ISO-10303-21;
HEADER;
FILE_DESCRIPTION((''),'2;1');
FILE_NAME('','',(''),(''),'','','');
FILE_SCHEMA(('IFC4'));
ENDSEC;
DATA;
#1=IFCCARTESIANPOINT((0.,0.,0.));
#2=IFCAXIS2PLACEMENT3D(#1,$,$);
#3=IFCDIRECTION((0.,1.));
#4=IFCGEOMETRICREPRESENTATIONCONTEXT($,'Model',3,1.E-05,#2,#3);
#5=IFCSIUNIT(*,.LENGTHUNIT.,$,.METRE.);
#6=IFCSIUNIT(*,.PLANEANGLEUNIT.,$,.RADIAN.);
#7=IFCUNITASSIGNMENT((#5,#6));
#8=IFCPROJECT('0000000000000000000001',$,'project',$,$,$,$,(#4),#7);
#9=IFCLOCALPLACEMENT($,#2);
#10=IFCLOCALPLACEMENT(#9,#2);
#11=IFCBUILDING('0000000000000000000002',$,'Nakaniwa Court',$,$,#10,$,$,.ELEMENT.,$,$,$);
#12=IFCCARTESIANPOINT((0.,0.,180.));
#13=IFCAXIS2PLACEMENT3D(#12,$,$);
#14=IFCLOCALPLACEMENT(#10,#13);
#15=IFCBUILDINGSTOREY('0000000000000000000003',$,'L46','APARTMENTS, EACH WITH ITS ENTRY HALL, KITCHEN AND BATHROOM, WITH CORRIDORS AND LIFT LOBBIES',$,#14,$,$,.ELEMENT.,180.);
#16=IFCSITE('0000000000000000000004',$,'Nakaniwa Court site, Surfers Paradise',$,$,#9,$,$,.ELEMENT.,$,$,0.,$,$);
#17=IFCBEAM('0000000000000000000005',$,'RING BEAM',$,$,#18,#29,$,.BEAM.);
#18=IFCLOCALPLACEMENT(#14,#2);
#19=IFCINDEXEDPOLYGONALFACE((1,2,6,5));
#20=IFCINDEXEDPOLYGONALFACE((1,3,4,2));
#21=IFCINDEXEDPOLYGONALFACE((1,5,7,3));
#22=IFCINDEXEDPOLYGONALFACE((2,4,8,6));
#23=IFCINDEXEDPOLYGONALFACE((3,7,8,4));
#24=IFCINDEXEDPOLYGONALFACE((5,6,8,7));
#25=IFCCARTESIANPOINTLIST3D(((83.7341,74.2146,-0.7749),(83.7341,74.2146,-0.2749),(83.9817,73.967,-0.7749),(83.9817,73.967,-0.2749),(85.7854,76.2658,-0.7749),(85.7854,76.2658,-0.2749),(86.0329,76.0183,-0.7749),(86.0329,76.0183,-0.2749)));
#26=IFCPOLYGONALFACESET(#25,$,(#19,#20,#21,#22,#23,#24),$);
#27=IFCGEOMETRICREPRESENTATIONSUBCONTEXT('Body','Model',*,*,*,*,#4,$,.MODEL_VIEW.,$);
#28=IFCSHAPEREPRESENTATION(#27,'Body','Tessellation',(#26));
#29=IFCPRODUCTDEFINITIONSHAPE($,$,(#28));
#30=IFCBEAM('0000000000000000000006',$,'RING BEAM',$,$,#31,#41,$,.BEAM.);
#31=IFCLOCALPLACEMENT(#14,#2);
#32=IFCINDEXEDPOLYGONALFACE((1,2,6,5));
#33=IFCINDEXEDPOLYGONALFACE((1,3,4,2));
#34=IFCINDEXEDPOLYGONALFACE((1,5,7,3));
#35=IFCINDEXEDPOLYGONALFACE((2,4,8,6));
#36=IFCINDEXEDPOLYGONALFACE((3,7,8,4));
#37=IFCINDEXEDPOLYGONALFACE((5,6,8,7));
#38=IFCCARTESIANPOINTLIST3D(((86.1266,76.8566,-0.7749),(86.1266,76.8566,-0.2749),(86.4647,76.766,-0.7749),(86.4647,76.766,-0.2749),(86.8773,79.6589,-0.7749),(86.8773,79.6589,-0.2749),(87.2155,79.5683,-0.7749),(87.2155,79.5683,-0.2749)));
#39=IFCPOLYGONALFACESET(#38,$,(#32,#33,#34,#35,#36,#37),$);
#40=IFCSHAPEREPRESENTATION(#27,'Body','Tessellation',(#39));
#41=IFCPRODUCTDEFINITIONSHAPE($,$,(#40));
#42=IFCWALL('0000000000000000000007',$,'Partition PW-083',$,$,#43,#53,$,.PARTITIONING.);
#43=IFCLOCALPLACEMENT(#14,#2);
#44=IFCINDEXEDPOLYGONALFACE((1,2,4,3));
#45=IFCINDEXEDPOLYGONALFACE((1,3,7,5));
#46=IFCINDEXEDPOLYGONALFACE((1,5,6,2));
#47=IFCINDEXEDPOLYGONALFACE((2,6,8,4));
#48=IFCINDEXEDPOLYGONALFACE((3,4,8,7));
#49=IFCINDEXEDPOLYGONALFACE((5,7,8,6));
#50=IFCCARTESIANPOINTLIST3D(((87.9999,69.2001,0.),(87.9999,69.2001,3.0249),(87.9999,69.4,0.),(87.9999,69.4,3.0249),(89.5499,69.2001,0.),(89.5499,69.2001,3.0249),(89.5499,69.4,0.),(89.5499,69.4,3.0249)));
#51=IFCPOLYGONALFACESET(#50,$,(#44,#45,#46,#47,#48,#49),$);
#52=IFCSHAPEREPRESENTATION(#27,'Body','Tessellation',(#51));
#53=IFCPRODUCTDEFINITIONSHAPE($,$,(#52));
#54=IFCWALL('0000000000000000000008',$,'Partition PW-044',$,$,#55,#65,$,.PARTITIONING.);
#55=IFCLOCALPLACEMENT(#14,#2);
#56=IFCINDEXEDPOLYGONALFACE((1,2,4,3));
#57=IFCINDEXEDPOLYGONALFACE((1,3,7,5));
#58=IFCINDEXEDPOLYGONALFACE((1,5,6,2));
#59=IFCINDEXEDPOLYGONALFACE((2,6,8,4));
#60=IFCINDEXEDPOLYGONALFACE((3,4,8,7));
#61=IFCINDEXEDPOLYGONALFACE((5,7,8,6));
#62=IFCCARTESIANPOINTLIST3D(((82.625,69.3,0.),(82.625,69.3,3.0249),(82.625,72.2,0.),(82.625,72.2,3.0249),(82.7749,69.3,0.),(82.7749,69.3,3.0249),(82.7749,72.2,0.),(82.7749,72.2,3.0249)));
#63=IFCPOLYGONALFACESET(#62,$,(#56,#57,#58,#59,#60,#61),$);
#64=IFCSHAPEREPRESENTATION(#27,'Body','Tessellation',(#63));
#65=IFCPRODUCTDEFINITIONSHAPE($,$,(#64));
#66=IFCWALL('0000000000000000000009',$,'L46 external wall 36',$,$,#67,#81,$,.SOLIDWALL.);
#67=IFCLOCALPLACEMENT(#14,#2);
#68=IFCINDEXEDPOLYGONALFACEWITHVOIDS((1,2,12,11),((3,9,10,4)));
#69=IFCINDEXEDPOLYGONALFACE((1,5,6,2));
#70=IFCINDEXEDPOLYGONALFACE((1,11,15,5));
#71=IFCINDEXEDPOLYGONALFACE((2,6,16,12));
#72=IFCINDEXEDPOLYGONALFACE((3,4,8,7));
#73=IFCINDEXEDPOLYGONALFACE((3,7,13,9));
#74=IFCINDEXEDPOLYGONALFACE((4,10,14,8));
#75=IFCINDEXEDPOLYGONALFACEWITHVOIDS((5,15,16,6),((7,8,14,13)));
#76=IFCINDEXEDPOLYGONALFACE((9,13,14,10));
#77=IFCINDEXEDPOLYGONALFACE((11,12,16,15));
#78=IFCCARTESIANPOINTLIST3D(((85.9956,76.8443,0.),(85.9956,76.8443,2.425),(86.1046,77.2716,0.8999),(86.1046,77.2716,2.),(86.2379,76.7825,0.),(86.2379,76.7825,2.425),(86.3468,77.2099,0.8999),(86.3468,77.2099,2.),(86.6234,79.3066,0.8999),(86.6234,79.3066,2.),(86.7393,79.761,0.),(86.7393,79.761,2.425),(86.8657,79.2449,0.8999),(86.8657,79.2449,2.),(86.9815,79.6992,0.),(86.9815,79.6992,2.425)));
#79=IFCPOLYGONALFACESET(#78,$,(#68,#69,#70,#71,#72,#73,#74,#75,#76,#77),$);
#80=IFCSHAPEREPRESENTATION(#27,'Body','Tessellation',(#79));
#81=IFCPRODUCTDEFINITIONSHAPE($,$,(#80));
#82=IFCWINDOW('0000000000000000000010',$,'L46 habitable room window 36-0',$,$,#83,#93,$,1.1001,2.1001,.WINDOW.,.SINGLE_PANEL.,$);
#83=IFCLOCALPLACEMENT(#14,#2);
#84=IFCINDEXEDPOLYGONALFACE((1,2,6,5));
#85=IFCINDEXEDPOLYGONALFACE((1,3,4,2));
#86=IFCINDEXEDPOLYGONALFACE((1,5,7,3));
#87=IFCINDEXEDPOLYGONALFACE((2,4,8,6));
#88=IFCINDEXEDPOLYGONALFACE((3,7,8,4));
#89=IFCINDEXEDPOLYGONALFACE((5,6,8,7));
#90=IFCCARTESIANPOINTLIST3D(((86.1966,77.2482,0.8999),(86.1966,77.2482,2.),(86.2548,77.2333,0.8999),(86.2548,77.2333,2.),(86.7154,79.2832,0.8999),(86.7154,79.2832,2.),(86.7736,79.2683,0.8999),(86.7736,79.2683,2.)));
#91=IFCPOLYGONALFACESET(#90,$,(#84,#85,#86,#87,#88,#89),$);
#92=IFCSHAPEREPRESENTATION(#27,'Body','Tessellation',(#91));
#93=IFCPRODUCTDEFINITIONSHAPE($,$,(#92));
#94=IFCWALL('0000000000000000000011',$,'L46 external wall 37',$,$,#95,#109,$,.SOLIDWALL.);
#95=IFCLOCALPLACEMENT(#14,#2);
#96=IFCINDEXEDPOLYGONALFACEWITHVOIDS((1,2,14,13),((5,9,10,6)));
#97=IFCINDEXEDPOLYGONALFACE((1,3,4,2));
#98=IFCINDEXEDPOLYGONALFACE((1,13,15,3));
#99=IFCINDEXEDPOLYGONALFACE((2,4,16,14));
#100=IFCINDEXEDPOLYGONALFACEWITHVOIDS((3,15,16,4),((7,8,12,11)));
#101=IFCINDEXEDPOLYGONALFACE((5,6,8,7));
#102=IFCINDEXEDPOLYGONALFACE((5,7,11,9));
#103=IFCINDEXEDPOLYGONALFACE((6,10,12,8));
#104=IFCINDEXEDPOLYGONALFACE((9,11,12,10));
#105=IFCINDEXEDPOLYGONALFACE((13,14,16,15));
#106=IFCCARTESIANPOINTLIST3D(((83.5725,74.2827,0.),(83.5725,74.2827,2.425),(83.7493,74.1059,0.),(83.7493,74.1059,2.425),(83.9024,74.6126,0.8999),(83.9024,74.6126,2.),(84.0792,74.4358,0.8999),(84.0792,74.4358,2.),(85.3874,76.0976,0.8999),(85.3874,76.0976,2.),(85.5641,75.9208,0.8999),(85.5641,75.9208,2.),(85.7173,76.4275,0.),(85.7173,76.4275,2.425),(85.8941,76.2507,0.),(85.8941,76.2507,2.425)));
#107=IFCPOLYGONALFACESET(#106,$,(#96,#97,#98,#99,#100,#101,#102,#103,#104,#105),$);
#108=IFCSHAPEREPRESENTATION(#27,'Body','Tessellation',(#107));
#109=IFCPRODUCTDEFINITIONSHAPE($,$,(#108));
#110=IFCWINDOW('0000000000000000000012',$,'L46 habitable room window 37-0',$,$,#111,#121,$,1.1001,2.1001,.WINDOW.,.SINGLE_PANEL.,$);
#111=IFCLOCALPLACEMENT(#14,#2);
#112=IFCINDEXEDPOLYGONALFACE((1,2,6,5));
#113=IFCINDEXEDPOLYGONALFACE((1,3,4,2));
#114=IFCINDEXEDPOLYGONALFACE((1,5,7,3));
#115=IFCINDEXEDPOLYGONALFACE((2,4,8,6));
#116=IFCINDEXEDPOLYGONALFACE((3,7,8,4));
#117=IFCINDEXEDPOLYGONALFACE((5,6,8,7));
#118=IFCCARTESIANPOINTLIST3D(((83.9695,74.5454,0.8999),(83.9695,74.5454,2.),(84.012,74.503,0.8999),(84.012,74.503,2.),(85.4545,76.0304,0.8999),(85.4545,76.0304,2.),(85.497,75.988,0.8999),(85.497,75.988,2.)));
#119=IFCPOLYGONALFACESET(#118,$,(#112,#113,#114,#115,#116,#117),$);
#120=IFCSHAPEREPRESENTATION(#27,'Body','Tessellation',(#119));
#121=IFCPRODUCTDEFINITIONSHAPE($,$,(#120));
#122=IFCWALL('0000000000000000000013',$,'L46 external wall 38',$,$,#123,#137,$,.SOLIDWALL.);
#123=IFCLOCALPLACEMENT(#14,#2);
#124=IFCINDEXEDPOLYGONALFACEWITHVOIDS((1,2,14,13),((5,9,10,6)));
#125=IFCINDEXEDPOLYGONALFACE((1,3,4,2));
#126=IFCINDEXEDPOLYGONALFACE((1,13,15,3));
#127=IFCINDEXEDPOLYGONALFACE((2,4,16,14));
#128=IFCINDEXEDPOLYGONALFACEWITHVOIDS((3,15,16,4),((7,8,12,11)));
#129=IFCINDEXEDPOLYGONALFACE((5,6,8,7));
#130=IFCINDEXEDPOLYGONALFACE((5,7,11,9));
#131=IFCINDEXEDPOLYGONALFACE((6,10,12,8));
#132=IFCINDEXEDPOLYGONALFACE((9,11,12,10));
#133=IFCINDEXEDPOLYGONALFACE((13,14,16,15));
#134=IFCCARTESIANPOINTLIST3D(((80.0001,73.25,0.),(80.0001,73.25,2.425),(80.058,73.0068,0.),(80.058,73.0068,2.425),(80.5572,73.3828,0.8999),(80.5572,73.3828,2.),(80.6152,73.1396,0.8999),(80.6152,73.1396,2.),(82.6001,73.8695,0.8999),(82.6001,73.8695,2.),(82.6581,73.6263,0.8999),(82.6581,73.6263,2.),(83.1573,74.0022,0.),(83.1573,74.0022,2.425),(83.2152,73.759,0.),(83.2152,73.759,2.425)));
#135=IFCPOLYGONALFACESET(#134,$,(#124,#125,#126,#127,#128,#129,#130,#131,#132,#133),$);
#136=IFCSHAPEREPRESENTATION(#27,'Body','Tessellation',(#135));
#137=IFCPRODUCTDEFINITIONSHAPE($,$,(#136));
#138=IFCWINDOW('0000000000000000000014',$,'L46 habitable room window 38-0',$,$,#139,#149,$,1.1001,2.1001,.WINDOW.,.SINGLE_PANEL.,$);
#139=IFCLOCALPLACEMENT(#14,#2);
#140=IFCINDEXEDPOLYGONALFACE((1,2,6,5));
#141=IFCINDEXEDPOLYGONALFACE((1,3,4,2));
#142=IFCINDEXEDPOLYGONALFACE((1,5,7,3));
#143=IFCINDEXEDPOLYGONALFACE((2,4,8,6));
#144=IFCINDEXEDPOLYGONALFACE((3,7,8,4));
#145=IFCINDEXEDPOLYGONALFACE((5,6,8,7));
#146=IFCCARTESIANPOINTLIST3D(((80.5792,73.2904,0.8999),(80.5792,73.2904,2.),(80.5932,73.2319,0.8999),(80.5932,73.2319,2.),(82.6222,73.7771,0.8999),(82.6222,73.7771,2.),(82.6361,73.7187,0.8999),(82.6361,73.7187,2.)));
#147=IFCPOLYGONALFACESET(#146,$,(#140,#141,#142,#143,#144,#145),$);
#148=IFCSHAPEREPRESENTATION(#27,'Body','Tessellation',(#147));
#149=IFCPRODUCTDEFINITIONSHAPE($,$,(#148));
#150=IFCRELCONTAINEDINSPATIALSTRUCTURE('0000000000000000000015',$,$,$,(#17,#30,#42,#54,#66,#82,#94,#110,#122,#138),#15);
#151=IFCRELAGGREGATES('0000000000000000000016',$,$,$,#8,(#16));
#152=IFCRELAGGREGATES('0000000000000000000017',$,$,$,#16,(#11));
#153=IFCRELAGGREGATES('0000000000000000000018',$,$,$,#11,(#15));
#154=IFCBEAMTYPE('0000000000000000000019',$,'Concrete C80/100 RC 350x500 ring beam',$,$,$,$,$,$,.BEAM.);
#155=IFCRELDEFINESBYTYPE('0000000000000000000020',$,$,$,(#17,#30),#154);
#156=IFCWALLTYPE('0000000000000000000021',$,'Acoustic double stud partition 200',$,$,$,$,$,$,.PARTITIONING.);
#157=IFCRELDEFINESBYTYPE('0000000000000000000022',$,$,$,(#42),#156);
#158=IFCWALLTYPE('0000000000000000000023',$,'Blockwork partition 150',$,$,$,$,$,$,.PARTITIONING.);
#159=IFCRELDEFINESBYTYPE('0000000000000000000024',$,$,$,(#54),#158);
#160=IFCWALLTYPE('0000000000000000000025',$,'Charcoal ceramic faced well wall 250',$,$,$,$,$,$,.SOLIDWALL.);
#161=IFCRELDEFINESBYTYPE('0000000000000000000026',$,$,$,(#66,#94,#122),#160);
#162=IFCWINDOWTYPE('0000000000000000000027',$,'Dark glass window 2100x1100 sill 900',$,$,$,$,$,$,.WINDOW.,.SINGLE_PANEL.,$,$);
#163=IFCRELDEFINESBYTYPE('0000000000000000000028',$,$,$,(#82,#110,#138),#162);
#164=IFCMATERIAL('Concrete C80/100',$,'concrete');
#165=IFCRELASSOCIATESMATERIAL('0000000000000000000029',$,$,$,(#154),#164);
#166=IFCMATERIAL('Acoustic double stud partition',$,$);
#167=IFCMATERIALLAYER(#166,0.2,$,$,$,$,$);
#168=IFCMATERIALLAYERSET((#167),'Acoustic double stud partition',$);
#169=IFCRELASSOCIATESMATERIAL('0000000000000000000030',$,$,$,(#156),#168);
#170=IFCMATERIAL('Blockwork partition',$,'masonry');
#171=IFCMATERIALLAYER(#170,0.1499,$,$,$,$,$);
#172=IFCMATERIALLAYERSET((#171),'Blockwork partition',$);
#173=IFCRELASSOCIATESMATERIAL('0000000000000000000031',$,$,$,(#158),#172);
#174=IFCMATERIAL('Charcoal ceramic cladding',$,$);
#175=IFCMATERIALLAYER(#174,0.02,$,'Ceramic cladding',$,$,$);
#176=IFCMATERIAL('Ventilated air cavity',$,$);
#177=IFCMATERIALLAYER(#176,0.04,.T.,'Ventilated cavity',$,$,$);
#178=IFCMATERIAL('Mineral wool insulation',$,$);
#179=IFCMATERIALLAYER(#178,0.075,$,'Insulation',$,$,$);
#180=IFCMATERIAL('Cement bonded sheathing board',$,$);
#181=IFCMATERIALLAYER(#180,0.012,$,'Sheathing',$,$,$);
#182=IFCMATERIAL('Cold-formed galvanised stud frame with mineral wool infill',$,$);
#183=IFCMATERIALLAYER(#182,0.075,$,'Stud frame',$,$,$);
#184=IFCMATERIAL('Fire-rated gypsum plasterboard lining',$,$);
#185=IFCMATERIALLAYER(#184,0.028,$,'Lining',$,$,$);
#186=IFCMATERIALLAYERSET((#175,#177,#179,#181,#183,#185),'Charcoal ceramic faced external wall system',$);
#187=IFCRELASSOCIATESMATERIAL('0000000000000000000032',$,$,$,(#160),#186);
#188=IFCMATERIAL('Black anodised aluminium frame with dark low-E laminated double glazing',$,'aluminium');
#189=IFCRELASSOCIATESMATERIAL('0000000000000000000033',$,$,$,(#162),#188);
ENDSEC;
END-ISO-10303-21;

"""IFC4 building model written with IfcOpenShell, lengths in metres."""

from ifc_helpers import new_model, si_unit, direction, frame, frame_2d, origin, origin_2d, place, context, subcontext, project, spatial, rectangle, extrude, material, layer, layer_set, material_profile, profile_set, type_object, element, fill, save


model = new_model("IFC4")

# Units and contexts
model_context = context("Model", 3, precision=1e-05, world=origin(), true_north=direction((0.0, 1.0)))
body_context = subcontext(model_context, "Body", "Model", "MODEL_VIEW")
ifc_project = project(units=[si_unit("LENGTHUNIT", "METRE"), si_unit("PLANEANGLEUNIT", "RADIAN")], contexts=[model_context])

# Site, building, storey
site_placement = place(None, origin())
site = spatial("IfcSite", under=ifc_project, at=site_placement, Name="Nakaniwa Court site, Surfers Paradise", CompositionType="ELEMENT", RefElevation=0.0)
building_placement = place(site_placement, origin())
building = spatial("IfcBuilding", under=site, at=building_placement, Name="Nakaniwa Court", CompositionType="ELEMENT")
storey_placement = place(building_placement, frame((0.0, 0.0, 180.0)))
storey = spatial("IfcBuildingStorey", under=building, at=storey_placement, Name="L46", Description="APARTMENTS, EACH WITH ITS ENTRY HALL, KITCHEN AND BATHROOM, WITH CORRIDORS AND LIFT LOBBIES", CompositionType="ELEMENT", Elevation=180.0)

# Shared definitions
ifc_material_1 = material(Name="Concrete C80/100", Category="concrete")

# Beams
ifc_material_profile_1 = material_profile(ifc_material_1, rectangle(XDim=0.3501, YDim=0.5, at=origin_2d()), Name="Concrete C80/100 RC 350x500 ring beam")
ifc_profile_set_1 = profile_set([ifc_material_profile_1], Name="Concrete C80/100")
beam_type = type_object("IfcBeamType", Name="Concrete C80/100 RC 350x500 ring beam", PredefinedType="BEAM", material=ifc_profile_set_1)
beam_1_placement = place(storey_placement, frame((83.8579, 74.0908, -0.5249), z_axis=(0.707107, 0.707107, 0.0), x_axis=(-0.707107, 0.707107, 0.0)))
element("IfcBeam", 1, at=beam_1_placement, inside=storey, type_object=beam_type, Name="RING BEAM", PredefinedType="BEAM", context=body_context, shape_type="SweptSolid", body=[
    extrude(rectangle(XDim=0.3501, YDim=0.5, at=origin_2d()), origin(), (0.0, 0.0, 1.0), 2.9009),
])
beam_2_placement = place(storey_placement, frame((86.2957, 76.8113, -0.5249), z_axis=(0.258778, 0.965937, 0.0), x_axis=(-0.965937, 0.258778, 0.0)))
element("IfcBeam", 2, at=beam_2_placement, inside=storey, type_object=beam_type, Name="RING BEAM", PredefinedType="BEAM", context=body_context, shape_type="SweptSolid", body=[
    extrude(rectangle(XDim=0.3501, YDim=0.5, at=origin_2d()), origin(), (0.0, 0.0, 1.0), 2.9011),
])

# Walls
ifc_material_2 = material(Name="Acoustic double stud partition")
ifc_layer_1 = layer(ifc_material_2, 0.2)
ifc_layer_set_1 = layer_set([ifc_layer_1], Name="Acoustic double stud partition")
wall_type_1 = type_object("IfcWallType", Name="Acoustic double stud partition 200", PredefinedType="PARTITIONING", material=ifc_layer_set_1)
wall_1_placement = place(storey_placement, frame((88.0, 69.3, 0.0), z_axis=(0.0, 0.0, 1.0), x_axis=(1.0, 0.0, 0.0)))
element("IfcWall", 3, at=wall_1_placement, inside=storey, type_object=wall_type_1, Name="Partition PW-083", PredefinedType="PARTITIONING", context=body_context, shape_type="SweptSolid", body=[
    extrude(rectangle(XDim=1.55, YDim=0.2, at=frame_2d((0.7749, 0.0))), origin(), (0.0, 0.0, 1.0), 3.0249),
])
ifc_material_3 = material(Name="Blockwork partition", Category="masonry")
ifc_layer_2 = layer(ifc_material_3, 0.1499)
ifc_layer_set_2 = layer_set([ifc_layer_2], Name="Blockwork partition")
wall_type_2 = type_object("IfcWallType", Name="Blockwork partition 150", PredefinedType="PARTITIONING", material=ifc_layer_set_2)
wall_2_placement = place(storey_placement, frame((82.7, 69.3, 0.0), z_axis=(0.0, 0.0, 1.0), x_axis=(0.0, 1.0, 0.0)))
element("IfcWall", 4, at=wall_2_placement, inside=storey, type_object=wall_type_2, Name="Partition PW-044", PredefinedType="PARTITIONING", context=body_context, shape_type="SweptSolid", body=[
    extrude(rectangle(XDim=2.8999, YDim=0.1499, at=frame_2d((1.45, 0.0))), origin(), (0.0, 0.0, 1.0), 3.0249),
])

# Walls, openings, windows
ifc_material_4 = material(Name="Charcoal ceramic cladding")
ifc_layer_3 = layer(ifc_material_4, 0.02, Name="Ceramic cladding")
ifc_material_5 = material(Name="Ventilated air cavity")
ifc_layer_4 = layer(ifc_material_5, 0.04, ventilated=True, Name="Ventilated cavity")
ifc_material_6 = material(Name="Mineral wool insulation")
ifc_layer_5 = layer(ifc_material_6, 0.075, Name="Insulation")
ifc_material_7 = material(Name="Cement bonded sheathing board")
ifc_layer_6 = layer(ifc_material_7, 0.012, Name="Sheathing")
ifc_material_8 = material(Name="Cold-formed galvanised stud frame with mineral wool infill")
ifc_layer_7 = layer(ifc_material_8, 0.075, Name="Stud frame")
ifc_material_9 = material(Name="Fire-rated gypsum plasterboard lining")
ifc_layer_8 = layer(ifc_material_9, 0.028, Name="Lining")
ifc_layer_set_3 = layer_set([ifc_layer_3, ifc_layer_4, ifc_layer_5, ifc_layer_6, ifc_layer_7, ifc_layer_8], Name="Charcoal ceramic faced external wall system")
wall_type_3 = type_object("IfcWallType", Name="Charcoal ceramic faced well wall 250", PredefinedType="SOLIDWALL", material=ifc_layer_set_3)
wall_3_placement = place(storey_placement, frame((86.8604, 79.73, 0.0), z_axis=(0.0, 0.0, 1.0), x_axis=(-0.247056, -0.969001, 0.0)))
wall_3 = element("IfcWall", 5, at=wall_3_placement, inside=storey, type_object=wall_type_3, Name="L46 external wall 36", PredefinedType="SOLIDWALL", context=body_context, shape_type="SweptSolid", body=[
    extrude(rectangle(XDim=3.01, YDim=0.25, at=frame_2d((1.5049, 0.0))), origin(), (0.0, 0.0, 1.0), 2.425),
])
opening_1_placement = place(wall_3_placement, frame((0.4688, 0.0, 0.8999)))
opening_1 = element("IfcOpeningElement", 6, at=opening_1_placement, cuts=wall_3, PredefinedType="OPENING", context=body_context, shape_type="SweptSolid", body=[
    extrude(rectangle(XDim=2.1001, YDim=1.1001, at=frame_2d((1.05, 0.55))), frame((0.0, 0.135, 0.0), z_axis=(0.0, -1.0, 0.0), x_axis=(1.0, 0.0, 0.0)), (0.0, 0.0, 1.0), 0.27),
])
ifc_material_10 = material(Name="Black anodised aluminium frame with dark low-E laminated double glazing", Category="aluminium")
window_type = type_object("IfcWindowType", Name="Dark glass window 2100x1100 sill 900", PartitioningType="SINGLE_PANEL", PredefinedType="WINDOW", material=ifc_material_10)
window_1_placement = place(opening_1_placement, origin())
window_1 = element("IfcWindow", 7, at=window_1_placement, inside=storey, type_object=window_type, Name="L46 habitable room window 36-0", OverallHeight=1.1001, OverallWidth=2.1001, PartitioningType="SINGLE_PANEL", PredefinedType="WINDOW", context=body_context, shape_type="SweptSolid", body=[
    extrude(rectangle(XDim=2.1001, YDim=1.1001, at=frame_2d((1.05, 0.55))), frame((0.0, 0.03, 0.0), z_axis=(0.0, -1.0, 0.0), x_axis=(1.0, 0.0, 0.0)), (0.0, 0.0, 1.0), 0.0601),
])
fill(opening_1, window_1)
wall_4_placement = place(storey_placement, frame((85.8057, 76.3391, 0.0), z_axis=(0.0, 0.0, 1.0), x_axis=(-0.707107, -0.707107, 0.0)))
wall_4 = element("IfcWall", 8, at=wall_4_placement, inside=storey, type_object=wall_type_3, Name="L46 external wall 37", PredefinedType="SOLIDWALL", context=body_context, shape_type="SweptSolid", body=[
    extrude(rectangle(XDim=3.0332, YDim=0.25, at=frame_2d((1.5166, 0.0))), origin(), (0.0, 0.0, 1.0), 2.425),
])
opening_2_placement = place(wall_4_placement, frame((0.4666, 0.0, 0.8999)))
opening_2 = element("IfcOpeningElement", 9, at=opening_2_placement, cuts=wall_4, PredefinedType="OPENING", context=body_context, shape_type="SweptSolid", body=[
    extrude(rectangle(XDim=2.1001, YDim=1.1001, at=frame_2d((1.05, 0.55))), frame((0.0, 0.135, 0.0), z_axis=(0.0, -1.0, 0.0), x_axis=(1.0, 0.0, 0.0)), (0.0, 0.0, 1.0), 0.27),
])
window_2_placement = place(opening_2_placement, origin())
window_2 = element("IfcWindow", 10, at=window_2_placement, inside=storey, type_object=window_type, Name="L46 habitable room window 37-0", OverallHeight=1.1001, OverallWidth=2.1001, PartitioningType="SINGLE_PANEL", PredefinedType="WINDOW", context=body_context, shape_type="SweptSolid", body=[
    extrude(rectangle(XDim=2.1001, YDim=1.1001, at=frame_2d((1.05, 0.55))), frame((0.0, 0.03, 0.0), z_axis=(0.0, -1.0, 0.0), x_axis=(1.0, 0.0, 0.0)), (0.0, 0.0, 1.0), 0.0601),
])
fill(opening_2, window_2)
wall_5_placement = place(storey_placement, frame((83.1863, 73.8806, 0.0), z_axis=(0.0, 0.0, 1.0), x_axis=(-0.972773, -0.23176, 0.0)))
wall_5 = element("IfcWall", 11, at=wall_5_placement, inside=storey, type_object=wall_type_3, Name="L46 external wall 38", PredefinedType="SOLIDWALL", context=body_context, shape_type="SweptSolid", body=[
    extrude(rectangle(XDim=3.2456, YDim=0.25, at=frame_2d((1.6228, 0.0))), origin(), (0.0, 0.0, 1.0), 2.425),
])
opening_3_placement = place(wall_5_placement, frame((0.5728, 0.0, 0.8999)))
opening_3 = element("IfcOpeningElement", 12, at=opening_3_placement, cuts=wall_5, PredefinedType="OPENING", context=body_context, shape_type="SweptSolid", body=[
    extrude(rectangle(XDim=2.1001, YDim=1.1001, at=frame_2d((1.05, 0.55))), frame((0.0, 0.135, 0.0), z_axis=(0.0, -1.0, 0.0), x_axis=(1.0, 0.0, 0.0)), (0.0, 0.0, 1.0), 0.27),
])
window_3_placement = place(opening_3_placement, origin())
window_3 = element("IfcWindow", 13, at=window_3_placement, inside=storey, type_object=window_type, Name="L46 habitable room window 38-0", OverallHeight=1.1001, OverallWidth=2.1001, PartitioningType="SINGLE_PANEL", PredefinedType="WINDOW", context=body_context, shape_type="SweptSolid", body=[
    extrude(rectangle(XDim=2.1001, YDim=1.1001, at=frame_2d((1.05, 0.55))), frame((0.0, 0.03, 0.0), z_axis=(0.0, -1.0, 0.0), x_axis=(1.0, 0.0, 0.0)), (0.0, 0.0, 1.0), 0.0601),
])
fill(opening_3, window_3)

save(model, "model.ifc")
